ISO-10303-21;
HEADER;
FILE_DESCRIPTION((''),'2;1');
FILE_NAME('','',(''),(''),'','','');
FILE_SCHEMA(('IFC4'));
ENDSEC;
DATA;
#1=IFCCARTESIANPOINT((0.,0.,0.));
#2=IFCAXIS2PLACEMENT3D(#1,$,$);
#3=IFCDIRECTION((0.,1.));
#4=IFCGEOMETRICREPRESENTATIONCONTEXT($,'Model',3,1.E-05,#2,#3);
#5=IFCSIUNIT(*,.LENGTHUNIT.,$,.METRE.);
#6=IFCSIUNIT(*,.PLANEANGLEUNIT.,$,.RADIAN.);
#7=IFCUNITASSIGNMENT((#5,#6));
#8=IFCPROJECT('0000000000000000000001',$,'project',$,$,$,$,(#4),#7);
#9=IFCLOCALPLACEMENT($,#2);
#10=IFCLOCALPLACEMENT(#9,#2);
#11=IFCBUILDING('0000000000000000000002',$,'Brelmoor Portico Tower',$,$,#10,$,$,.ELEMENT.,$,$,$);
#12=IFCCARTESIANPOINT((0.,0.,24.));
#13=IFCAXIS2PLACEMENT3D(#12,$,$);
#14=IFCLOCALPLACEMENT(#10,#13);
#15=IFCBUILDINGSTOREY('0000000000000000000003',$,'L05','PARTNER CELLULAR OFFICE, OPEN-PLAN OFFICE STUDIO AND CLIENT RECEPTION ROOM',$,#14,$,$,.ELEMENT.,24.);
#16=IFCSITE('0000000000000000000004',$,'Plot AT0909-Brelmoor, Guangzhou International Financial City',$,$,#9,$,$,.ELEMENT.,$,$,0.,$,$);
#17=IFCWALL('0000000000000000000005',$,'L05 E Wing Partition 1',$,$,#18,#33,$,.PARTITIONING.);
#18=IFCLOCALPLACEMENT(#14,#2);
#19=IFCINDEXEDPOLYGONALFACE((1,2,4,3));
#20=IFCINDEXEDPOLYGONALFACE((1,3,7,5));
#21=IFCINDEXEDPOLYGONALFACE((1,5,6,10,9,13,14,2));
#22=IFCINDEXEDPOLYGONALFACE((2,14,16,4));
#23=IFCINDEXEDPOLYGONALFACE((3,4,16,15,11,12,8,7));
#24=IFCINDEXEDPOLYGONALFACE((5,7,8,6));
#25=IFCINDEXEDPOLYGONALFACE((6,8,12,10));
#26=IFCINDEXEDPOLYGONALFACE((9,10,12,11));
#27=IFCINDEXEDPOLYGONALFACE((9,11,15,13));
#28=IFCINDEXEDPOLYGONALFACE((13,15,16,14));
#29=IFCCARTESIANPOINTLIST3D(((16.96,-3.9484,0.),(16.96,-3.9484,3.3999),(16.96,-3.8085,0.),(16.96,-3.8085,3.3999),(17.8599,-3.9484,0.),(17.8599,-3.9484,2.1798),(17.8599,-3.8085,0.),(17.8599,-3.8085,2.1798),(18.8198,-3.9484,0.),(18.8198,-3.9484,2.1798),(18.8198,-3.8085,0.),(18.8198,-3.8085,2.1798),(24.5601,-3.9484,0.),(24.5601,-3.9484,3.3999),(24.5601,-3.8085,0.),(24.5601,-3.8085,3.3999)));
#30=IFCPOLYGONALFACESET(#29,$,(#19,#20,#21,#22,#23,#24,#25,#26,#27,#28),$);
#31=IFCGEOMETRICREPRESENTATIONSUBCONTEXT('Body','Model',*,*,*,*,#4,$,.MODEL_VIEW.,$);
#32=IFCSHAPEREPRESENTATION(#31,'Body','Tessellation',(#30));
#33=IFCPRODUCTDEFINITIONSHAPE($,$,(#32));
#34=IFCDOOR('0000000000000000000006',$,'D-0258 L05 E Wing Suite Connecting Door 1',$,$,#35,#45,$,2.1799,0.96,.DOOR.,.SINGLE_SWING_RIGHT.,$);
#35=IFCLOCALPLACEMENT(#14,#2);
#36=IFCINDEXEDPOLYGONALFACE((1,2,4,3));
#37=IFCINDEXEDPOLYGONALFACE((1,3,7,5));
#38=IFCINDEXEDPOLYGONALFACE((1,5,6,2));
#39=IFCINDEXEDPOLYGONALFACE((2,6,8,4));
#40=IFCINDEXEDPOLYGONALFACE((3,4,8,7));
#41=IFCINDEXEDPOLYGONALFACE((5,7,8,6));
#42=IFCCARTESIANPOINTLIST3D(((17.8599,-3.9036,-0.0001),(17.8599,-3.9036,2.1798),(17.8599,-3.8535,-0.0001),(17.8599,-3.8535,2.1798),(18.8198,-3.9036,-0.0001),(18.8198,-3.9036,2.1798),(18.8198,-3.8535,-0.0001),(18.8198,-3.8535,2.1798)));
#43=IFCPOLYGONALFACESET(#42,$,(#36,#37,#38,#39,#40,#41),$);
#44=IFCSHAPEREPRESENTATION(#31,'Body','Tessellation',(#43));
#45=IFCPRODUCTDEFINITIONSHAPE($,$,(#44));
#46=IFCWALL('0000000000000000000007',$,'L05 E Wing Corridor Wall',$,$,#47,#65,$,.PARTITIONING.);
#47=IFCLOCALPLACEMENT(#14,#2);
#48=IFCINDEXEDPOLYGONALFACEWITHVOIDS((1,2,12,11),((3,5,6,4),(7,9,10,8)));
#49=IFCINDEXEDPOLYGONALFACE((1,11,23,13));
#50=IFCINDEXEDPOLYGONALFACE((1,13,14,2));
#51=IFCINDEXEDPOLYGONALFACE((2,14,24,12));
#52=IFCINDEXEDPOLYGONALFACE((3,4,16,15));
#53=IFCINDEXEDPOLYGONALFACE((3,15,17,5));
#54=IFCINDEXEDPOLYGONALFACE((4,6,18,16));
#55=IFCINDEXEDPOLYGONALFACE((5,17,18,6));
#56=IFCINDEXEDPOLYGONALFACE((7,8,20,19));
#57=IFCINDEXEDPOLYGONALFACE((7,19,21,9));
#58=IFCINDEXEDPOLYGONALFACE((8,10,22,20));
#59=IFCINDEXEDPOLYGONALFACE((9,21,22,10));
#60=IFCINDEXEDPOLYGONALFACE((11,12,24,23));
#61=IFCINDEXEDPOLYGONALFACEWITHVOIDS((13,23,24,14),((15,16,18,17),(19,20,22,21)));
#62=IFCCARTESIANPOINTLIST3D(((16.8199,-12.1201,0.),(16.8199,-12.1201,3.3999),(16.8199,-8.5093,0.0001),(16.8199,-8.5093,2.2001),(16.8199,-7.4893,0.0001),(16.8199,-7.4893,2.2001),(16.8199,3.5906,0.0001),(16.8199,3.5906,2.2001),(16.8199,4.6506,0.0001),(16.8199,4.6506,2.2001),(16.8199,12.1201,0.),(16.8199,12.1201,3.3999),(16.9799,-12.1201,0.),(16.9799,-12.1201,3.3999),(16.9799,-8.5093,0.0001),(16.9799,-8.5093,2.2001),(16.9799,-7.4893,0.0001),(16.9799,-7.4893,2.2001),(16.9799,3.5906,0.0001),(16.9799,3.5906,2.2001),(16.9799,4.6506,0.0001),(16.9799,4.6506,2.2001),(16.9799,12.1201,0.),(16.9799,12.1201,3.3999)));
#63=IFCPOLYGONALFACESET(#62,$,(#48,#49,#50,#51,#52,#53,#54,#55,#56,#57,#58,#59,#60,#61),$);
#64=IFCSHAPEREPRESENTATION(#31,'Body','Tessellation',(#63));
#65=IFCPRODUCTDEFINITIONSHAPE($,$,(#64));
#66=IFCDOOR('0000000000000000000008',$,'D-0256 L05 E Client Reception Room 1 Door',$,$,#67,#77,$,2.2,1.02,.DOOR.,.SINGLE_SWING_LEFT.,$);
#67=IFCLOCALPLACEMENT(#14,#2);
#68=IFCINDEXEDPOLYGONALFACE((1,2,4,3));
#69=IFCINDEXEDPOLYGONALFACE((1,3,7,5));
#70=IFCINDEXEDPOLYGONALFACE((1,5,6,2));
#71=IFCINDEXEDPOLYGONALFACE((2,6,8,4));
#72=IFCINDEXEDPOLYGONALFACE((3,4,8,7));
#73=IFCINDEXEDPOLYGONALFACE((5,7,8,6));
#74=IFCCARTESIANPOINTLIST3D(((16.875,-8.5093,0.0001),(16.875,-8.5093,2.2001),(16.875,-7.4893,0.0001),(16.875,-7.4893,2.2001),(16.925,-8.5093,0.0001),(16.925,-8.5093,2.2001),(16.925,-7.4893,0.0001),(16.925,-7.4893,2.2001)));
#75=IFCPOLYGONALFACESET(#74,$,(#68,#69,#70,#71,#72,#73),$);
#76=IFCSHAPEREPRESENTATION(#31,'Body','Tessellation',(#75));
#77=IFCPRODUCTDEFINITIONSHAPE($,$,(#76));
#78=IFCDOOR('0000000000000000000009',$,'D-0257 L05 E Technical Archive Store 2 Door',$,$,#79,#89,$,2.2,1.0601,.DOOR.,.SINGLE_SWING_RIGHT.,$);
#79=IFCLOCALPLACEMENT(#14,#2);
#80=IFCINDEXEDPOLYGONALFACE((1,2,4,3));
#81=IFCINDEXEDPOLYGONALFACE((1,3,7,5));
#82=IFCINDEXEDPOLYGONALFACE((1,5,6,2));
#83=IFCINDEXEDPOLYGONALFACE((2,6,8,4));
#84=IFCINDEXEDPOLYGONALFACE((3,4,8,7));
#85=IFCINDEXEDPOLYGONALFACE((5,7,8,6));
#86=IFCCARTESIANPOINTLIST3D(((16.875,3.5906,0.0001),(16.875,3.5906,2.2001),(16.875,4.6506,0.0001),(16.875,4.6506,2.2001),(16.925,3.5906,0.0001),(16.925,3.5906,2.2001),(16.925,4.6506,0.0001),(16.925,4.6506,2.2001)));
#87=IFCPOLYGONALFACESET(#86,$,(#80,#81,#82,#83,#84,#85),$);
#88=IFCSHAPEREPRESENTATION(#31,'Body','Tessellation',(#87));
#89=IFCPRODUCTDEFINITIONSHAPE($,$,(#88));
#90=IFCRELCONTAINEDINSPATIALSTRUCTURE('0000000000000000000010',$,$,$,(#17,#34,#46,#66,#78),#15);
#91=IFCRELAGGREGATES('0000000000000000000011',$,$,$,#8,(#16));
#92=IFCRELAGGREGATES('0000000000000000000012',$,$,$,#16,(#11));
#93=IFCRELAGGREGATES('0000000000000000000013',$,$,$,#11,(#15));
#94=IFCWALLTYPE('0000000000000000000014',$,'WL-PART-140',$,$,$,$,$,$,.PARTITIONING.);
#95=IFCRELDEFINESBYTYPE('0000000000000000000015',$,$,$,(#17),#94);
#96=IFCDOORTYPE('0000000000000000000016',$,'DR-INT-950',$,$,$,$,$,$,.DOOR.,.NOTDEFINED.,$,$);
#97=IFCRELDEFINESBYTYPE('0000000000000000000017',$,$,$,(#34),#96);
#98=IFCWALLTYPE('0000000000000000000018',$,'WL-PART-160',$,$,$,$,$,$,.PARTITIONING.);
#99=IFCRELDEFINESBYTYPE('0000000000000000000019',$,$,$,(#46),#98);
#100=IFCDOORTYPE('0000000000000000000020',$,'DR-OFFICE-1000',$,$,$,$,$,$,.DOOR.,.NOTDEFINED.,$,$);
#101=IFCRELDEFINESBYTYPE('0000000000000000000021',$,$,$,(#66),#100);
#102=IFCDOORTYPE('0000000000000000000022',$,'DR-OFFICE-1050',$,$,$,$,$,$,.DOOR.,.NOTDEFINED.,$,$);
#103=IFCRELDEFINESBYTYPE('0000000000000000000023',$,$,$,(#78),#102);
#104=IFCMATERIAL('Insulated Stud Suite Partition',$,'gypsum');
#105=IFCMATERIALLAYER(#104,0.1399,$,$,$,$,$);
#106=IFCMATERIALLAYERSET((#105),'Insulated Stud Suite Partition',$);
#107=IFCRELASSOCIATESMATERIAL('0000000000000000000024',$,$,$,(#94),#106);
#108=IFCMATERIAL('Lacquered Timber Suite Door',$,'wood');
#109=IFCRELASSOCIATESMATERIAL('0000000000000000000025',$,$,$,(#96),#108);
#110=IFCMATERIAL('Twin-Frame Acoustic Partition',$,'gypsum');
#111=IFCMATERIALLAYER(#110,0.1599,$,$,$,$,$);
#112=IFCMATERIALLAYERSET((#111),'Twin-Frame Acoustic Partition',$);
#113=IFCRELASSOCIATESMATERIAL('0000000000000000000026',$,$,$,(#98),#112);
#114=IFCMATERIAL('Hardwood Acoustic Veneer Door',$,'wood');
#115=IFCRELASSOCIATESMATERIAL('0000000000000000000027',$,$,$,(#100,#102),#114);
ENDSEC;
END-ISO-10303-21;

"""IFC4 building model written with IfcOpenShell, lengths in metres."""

from ifc_helpers import new_model, si_unit, direction, frame, frame_2d, origin, place, context, subcontext, project, spatial, rectangle, extrude, material, layer, layer_set, type_object, element, fill, save


model = new_model("IFC4")

# Units and contexts
model_context = context("Model", 3, precision=1e-05, world=origin(), true_north=direction((0.0, 1.0)))
body_context = subcontext(model_context, "Body", "Model", "MODEL_VIEW")
ifc_project = project(units=[si_unit("LENGTHUNIT", "METRE"), si_unit("PLANEANGLEUNIT", "RADIAN")], contexts=[model_context])

# Site, building, storey
site_placement = place(None, origin())
site = spatial("IfcSite", under=ifc_project, at=site_placement, Name="Plot AT0909-Brelmoor, Guangzhou International Financial City", CompositionType="ELEMENT", RefElevation=0.0)
building_placement = place(site_placement, origin())
building = spatial("IfcBuilding", under=site, at=building_placement, Name="Brelmoor Portico Tower", CompositionType="ELEMENT")
storey_placement = place(building_placement, frame((0.0, 0.0, 24.0)))
storey = spatial("IfcBuildingStorey", under=building, at=storey_placement, Name="L05", Description="PARTNER CELLULAR OFFICE, OPEN-PLAN OFFICE STUDIO AND CLIENT RECEPTION ROOM", CompositionType="ELEMENT", Elevation=24.0)

# Wall, opening, door
ifc_material_1 = material(Name="Insulated Stud Suite Partition", Category="gypsum")
ifc_layer_1 = layer(ifc_material_1, 0.1399)
ifc_layer_set_1 = layer_set([ifc_layer_1], Name="Insulated Stud Suite Partition")
wall_type_1 = type_object("IfcWallType", Name="WL-PART-140", PredefinedType="PARTITIONING", material=ifc_layer_set_1)
ifc_material_2 = material(Name="Lacquered Timber Suite Door", Category="wood")
door_type_1 = type_object("IfcDoorType", Name="DR-INT-950", OperationType="NOTDEFINED", PredefinedType="DOOR", material=ifc_material_2)
wall_1_placement = place(storey_placement, frame((16.96, -3.8784, 0.0), z_axis=(0.0, 0.0, 1.0), x_axis=(1.0, 0.0, 0.0)))
wall_1 = element("IfcWall", 1, at=wall_1_placement, inside=storey, type_object=wall_type_1, Name="L05 E Wing Partition 1", PredefinedType="PARTITIONING", context=body_context, shape_type="SweptSolid", body=[
    extrude(rectangle(XDim=7.6001, YDim=0.1399, at=frame_2d((3.8, 0.0))), origin(), (0.0, 0.0, 1.0), 3.3999),
])
opening_1_placement = place(wall_1_placement, frame((0.8999, 0.0, 0.0)))
opening_1 = element("IfcOpeningElement", 2, at=opening_1_placement, cuts=wall_1, PredefinedType="OPENING", context=body_context, shape_type="SweptSolid", body=[
    extrude(rectangle(XDim=0.96, YDim=2.1799, at=frame_2d((0.48, 1.0898))), frame((0.0, 0.0798, 0.0), z_axis=(0.0, -1.0, 0.0), x_axis=(1.0, 0.0, 0.0)), (0.0, 0.0, 1.0), 0.1599),
])
door_1_placement = place(opening_1_placement, origin())
door_1 = element("IfcDoor", 3, at=door_1_placement, inside=storey, type_object=door_type_1, Name="D-0258 L05 E Wing Suite Connecting Door 1", OperationType="SINGLE_SWING_RIGHT", OverallHeight=2.1799, OverallWidth=0.96, PredefinedType="DOOR", context=body_context, shape_type="SweptSolid", body=[
    extrude(rectangle(XDim=0.96, YDim=2.1799, at=frame_2d((0.48, 1.0898))), frame((0.0, 0.0249, 0.0), z_axis=(0.0, -1.0, 0.0), x_axis=(1.0, 0.0, 0.0)), (0.0, 0.0, 1.0), 0.05),
])
fill(opening_1, door_1)

# Wall, openings, doors
ifc_material_3 = material(Name="Twin-Frame Acoustic Partition", Category="gypsum")
ifc_layer_2 = layer(ifc_material_3, 0.1599)
ifc_layer_set_2 = layer_set([ifc_layer_2], Name="Twin-Frame Acoustic Partition")
wall_type_2 = type_object("IfcWallType", Name="WL-PART-160", PredefinedType="PARTITIONING", material=ifc_layer_set_2)
wall_2_placement = place(storey_placement, frame((16.8999, -12.1201, 0.0), z_axis=(0.0, 0.0, 1.0), x_axis=(0.0, 1.0, 0.0)))
wall_2 = element("IfcWall", 4, at=wall_2_placement, inside=storey, type_object=wall_type_2, Name="L05 E Wing Corridor Wall", PredefinedType="PARTITIONING", context=body_context, shape_type="SweptSolid", body=[
    extrude(rectangle(XDim=24.2402, YDim=0.1599, at=frame_2d((12.1201, 0.0))), origin(), (0.0, 0.0, 1.0), 3.3999),
])
opening_2_placement = place(wall_2_placement, frame((3.6108, 0.0, 0.0)))
opening_2 = element("IfcOpeningElement", 5, at=opening_2_placement, cuts=wall_2, PredefinedType="OPENING", context=body_context, shape_type="SweptSolid", body=[
    extrude(rectangle(XDim=1.02, YDim=2.2, at=frame_2d((0.51, 1.1001))), frame((0.0, 0.0898, 0.0), z_axis=(0.0, -1.0, 0.0), x_axis=(1.0, 0.0, 0.0)), (0.0, 0.0, 1.0), 0.1799),
])
opening_3_placement = place(wall_2_placement, frame((15.7107, 0.0, 0.0)))
opening_3 = element("IfcOpeningElement", 6, at=opening_3_placement, cuts=wall_2, PredefinedType="OPENING", context=body_context, shape_type="SweptSolid", body=[
    extrude(rectangle(XDim=1.0601, YDim=2.2, at=frame_2d((0.53, 1.1001))), frame((0.0, 0.0898, 0.0), z_axis=(0.0, -1.0, 0.0), x_axis=(1.0, 0.0, 0.0)), (0.0, 0.0, 1.0), 0.1799),
])
ifc_material_4 = material(Name="Hardwood Acoustic Veneer Door", Category="wood")
door_type_2 = type_object("IfcDoorType", Name="DR-OFFICE-1000", OperationType="NOTDEFINED", PredefinedType="DOOR", material=ifc_material_4)
door_2_placement = place(opening_2_placement, origin())
door_2 = element("IfcDoor", 7, at=door_2_placement, inside=storey, type_object=door_type_2, Name="D-0256 L05 E Client Reception Room 1 Door", OperationType="SINGLE_SWING_LEFT", OverallHeight=2.2, OverallWidth=1.02, PredefinedType="DOOR", context=body_context, shape_type="SweptSolid", body=[
    extrude(rectangle(XDim=1.02, YDim=2.2, at=frame_2d((0.51, 1.1001))), frame((0.0, 0.0249, 0.0), z_axis=(0.0, -1.0, 0.0), x_axis=(1.0, 0.0, 0.0)), (0.0, 0.0, 1.0), 0.05),
])
fill(opening_2, door_2)
door_type_3 = type_object("IfcDoorType", Name="DR-OFFICE-1050", OperationType="NOTDEFINED", PredefinedType="DOOR", material=ifc_material_4)
door_3_placement = place(opening_3_placement, origin())
door_3 = element("IfcDoor", 8, at=door_3_placement, inside=storey, type_object=door_type_3, Name="D-0257 L05 E Technical Archive Store 2 Door", OperationType="SINGLE_SWING_RIGHT", OverallHeight=2.2, OverallWidth=1.0601, PredefinedType="DOOR", context=body_context, shape_type="SweptSolid", body=[
    extrude(rectangle(XDim=1.0601, YDim=2.2, at=frame_2d((0.53, 1.1001))), frame((0.0, 0.0249, 0.0), z_axis=(0.0, -1.0, 0.0), x_axis=(1.0, 0.0, 0.0)), (0.0, 0.0, 1.0), 0.05),
])
fill(opening_3, door_3)

save(model, "model.ifc")
